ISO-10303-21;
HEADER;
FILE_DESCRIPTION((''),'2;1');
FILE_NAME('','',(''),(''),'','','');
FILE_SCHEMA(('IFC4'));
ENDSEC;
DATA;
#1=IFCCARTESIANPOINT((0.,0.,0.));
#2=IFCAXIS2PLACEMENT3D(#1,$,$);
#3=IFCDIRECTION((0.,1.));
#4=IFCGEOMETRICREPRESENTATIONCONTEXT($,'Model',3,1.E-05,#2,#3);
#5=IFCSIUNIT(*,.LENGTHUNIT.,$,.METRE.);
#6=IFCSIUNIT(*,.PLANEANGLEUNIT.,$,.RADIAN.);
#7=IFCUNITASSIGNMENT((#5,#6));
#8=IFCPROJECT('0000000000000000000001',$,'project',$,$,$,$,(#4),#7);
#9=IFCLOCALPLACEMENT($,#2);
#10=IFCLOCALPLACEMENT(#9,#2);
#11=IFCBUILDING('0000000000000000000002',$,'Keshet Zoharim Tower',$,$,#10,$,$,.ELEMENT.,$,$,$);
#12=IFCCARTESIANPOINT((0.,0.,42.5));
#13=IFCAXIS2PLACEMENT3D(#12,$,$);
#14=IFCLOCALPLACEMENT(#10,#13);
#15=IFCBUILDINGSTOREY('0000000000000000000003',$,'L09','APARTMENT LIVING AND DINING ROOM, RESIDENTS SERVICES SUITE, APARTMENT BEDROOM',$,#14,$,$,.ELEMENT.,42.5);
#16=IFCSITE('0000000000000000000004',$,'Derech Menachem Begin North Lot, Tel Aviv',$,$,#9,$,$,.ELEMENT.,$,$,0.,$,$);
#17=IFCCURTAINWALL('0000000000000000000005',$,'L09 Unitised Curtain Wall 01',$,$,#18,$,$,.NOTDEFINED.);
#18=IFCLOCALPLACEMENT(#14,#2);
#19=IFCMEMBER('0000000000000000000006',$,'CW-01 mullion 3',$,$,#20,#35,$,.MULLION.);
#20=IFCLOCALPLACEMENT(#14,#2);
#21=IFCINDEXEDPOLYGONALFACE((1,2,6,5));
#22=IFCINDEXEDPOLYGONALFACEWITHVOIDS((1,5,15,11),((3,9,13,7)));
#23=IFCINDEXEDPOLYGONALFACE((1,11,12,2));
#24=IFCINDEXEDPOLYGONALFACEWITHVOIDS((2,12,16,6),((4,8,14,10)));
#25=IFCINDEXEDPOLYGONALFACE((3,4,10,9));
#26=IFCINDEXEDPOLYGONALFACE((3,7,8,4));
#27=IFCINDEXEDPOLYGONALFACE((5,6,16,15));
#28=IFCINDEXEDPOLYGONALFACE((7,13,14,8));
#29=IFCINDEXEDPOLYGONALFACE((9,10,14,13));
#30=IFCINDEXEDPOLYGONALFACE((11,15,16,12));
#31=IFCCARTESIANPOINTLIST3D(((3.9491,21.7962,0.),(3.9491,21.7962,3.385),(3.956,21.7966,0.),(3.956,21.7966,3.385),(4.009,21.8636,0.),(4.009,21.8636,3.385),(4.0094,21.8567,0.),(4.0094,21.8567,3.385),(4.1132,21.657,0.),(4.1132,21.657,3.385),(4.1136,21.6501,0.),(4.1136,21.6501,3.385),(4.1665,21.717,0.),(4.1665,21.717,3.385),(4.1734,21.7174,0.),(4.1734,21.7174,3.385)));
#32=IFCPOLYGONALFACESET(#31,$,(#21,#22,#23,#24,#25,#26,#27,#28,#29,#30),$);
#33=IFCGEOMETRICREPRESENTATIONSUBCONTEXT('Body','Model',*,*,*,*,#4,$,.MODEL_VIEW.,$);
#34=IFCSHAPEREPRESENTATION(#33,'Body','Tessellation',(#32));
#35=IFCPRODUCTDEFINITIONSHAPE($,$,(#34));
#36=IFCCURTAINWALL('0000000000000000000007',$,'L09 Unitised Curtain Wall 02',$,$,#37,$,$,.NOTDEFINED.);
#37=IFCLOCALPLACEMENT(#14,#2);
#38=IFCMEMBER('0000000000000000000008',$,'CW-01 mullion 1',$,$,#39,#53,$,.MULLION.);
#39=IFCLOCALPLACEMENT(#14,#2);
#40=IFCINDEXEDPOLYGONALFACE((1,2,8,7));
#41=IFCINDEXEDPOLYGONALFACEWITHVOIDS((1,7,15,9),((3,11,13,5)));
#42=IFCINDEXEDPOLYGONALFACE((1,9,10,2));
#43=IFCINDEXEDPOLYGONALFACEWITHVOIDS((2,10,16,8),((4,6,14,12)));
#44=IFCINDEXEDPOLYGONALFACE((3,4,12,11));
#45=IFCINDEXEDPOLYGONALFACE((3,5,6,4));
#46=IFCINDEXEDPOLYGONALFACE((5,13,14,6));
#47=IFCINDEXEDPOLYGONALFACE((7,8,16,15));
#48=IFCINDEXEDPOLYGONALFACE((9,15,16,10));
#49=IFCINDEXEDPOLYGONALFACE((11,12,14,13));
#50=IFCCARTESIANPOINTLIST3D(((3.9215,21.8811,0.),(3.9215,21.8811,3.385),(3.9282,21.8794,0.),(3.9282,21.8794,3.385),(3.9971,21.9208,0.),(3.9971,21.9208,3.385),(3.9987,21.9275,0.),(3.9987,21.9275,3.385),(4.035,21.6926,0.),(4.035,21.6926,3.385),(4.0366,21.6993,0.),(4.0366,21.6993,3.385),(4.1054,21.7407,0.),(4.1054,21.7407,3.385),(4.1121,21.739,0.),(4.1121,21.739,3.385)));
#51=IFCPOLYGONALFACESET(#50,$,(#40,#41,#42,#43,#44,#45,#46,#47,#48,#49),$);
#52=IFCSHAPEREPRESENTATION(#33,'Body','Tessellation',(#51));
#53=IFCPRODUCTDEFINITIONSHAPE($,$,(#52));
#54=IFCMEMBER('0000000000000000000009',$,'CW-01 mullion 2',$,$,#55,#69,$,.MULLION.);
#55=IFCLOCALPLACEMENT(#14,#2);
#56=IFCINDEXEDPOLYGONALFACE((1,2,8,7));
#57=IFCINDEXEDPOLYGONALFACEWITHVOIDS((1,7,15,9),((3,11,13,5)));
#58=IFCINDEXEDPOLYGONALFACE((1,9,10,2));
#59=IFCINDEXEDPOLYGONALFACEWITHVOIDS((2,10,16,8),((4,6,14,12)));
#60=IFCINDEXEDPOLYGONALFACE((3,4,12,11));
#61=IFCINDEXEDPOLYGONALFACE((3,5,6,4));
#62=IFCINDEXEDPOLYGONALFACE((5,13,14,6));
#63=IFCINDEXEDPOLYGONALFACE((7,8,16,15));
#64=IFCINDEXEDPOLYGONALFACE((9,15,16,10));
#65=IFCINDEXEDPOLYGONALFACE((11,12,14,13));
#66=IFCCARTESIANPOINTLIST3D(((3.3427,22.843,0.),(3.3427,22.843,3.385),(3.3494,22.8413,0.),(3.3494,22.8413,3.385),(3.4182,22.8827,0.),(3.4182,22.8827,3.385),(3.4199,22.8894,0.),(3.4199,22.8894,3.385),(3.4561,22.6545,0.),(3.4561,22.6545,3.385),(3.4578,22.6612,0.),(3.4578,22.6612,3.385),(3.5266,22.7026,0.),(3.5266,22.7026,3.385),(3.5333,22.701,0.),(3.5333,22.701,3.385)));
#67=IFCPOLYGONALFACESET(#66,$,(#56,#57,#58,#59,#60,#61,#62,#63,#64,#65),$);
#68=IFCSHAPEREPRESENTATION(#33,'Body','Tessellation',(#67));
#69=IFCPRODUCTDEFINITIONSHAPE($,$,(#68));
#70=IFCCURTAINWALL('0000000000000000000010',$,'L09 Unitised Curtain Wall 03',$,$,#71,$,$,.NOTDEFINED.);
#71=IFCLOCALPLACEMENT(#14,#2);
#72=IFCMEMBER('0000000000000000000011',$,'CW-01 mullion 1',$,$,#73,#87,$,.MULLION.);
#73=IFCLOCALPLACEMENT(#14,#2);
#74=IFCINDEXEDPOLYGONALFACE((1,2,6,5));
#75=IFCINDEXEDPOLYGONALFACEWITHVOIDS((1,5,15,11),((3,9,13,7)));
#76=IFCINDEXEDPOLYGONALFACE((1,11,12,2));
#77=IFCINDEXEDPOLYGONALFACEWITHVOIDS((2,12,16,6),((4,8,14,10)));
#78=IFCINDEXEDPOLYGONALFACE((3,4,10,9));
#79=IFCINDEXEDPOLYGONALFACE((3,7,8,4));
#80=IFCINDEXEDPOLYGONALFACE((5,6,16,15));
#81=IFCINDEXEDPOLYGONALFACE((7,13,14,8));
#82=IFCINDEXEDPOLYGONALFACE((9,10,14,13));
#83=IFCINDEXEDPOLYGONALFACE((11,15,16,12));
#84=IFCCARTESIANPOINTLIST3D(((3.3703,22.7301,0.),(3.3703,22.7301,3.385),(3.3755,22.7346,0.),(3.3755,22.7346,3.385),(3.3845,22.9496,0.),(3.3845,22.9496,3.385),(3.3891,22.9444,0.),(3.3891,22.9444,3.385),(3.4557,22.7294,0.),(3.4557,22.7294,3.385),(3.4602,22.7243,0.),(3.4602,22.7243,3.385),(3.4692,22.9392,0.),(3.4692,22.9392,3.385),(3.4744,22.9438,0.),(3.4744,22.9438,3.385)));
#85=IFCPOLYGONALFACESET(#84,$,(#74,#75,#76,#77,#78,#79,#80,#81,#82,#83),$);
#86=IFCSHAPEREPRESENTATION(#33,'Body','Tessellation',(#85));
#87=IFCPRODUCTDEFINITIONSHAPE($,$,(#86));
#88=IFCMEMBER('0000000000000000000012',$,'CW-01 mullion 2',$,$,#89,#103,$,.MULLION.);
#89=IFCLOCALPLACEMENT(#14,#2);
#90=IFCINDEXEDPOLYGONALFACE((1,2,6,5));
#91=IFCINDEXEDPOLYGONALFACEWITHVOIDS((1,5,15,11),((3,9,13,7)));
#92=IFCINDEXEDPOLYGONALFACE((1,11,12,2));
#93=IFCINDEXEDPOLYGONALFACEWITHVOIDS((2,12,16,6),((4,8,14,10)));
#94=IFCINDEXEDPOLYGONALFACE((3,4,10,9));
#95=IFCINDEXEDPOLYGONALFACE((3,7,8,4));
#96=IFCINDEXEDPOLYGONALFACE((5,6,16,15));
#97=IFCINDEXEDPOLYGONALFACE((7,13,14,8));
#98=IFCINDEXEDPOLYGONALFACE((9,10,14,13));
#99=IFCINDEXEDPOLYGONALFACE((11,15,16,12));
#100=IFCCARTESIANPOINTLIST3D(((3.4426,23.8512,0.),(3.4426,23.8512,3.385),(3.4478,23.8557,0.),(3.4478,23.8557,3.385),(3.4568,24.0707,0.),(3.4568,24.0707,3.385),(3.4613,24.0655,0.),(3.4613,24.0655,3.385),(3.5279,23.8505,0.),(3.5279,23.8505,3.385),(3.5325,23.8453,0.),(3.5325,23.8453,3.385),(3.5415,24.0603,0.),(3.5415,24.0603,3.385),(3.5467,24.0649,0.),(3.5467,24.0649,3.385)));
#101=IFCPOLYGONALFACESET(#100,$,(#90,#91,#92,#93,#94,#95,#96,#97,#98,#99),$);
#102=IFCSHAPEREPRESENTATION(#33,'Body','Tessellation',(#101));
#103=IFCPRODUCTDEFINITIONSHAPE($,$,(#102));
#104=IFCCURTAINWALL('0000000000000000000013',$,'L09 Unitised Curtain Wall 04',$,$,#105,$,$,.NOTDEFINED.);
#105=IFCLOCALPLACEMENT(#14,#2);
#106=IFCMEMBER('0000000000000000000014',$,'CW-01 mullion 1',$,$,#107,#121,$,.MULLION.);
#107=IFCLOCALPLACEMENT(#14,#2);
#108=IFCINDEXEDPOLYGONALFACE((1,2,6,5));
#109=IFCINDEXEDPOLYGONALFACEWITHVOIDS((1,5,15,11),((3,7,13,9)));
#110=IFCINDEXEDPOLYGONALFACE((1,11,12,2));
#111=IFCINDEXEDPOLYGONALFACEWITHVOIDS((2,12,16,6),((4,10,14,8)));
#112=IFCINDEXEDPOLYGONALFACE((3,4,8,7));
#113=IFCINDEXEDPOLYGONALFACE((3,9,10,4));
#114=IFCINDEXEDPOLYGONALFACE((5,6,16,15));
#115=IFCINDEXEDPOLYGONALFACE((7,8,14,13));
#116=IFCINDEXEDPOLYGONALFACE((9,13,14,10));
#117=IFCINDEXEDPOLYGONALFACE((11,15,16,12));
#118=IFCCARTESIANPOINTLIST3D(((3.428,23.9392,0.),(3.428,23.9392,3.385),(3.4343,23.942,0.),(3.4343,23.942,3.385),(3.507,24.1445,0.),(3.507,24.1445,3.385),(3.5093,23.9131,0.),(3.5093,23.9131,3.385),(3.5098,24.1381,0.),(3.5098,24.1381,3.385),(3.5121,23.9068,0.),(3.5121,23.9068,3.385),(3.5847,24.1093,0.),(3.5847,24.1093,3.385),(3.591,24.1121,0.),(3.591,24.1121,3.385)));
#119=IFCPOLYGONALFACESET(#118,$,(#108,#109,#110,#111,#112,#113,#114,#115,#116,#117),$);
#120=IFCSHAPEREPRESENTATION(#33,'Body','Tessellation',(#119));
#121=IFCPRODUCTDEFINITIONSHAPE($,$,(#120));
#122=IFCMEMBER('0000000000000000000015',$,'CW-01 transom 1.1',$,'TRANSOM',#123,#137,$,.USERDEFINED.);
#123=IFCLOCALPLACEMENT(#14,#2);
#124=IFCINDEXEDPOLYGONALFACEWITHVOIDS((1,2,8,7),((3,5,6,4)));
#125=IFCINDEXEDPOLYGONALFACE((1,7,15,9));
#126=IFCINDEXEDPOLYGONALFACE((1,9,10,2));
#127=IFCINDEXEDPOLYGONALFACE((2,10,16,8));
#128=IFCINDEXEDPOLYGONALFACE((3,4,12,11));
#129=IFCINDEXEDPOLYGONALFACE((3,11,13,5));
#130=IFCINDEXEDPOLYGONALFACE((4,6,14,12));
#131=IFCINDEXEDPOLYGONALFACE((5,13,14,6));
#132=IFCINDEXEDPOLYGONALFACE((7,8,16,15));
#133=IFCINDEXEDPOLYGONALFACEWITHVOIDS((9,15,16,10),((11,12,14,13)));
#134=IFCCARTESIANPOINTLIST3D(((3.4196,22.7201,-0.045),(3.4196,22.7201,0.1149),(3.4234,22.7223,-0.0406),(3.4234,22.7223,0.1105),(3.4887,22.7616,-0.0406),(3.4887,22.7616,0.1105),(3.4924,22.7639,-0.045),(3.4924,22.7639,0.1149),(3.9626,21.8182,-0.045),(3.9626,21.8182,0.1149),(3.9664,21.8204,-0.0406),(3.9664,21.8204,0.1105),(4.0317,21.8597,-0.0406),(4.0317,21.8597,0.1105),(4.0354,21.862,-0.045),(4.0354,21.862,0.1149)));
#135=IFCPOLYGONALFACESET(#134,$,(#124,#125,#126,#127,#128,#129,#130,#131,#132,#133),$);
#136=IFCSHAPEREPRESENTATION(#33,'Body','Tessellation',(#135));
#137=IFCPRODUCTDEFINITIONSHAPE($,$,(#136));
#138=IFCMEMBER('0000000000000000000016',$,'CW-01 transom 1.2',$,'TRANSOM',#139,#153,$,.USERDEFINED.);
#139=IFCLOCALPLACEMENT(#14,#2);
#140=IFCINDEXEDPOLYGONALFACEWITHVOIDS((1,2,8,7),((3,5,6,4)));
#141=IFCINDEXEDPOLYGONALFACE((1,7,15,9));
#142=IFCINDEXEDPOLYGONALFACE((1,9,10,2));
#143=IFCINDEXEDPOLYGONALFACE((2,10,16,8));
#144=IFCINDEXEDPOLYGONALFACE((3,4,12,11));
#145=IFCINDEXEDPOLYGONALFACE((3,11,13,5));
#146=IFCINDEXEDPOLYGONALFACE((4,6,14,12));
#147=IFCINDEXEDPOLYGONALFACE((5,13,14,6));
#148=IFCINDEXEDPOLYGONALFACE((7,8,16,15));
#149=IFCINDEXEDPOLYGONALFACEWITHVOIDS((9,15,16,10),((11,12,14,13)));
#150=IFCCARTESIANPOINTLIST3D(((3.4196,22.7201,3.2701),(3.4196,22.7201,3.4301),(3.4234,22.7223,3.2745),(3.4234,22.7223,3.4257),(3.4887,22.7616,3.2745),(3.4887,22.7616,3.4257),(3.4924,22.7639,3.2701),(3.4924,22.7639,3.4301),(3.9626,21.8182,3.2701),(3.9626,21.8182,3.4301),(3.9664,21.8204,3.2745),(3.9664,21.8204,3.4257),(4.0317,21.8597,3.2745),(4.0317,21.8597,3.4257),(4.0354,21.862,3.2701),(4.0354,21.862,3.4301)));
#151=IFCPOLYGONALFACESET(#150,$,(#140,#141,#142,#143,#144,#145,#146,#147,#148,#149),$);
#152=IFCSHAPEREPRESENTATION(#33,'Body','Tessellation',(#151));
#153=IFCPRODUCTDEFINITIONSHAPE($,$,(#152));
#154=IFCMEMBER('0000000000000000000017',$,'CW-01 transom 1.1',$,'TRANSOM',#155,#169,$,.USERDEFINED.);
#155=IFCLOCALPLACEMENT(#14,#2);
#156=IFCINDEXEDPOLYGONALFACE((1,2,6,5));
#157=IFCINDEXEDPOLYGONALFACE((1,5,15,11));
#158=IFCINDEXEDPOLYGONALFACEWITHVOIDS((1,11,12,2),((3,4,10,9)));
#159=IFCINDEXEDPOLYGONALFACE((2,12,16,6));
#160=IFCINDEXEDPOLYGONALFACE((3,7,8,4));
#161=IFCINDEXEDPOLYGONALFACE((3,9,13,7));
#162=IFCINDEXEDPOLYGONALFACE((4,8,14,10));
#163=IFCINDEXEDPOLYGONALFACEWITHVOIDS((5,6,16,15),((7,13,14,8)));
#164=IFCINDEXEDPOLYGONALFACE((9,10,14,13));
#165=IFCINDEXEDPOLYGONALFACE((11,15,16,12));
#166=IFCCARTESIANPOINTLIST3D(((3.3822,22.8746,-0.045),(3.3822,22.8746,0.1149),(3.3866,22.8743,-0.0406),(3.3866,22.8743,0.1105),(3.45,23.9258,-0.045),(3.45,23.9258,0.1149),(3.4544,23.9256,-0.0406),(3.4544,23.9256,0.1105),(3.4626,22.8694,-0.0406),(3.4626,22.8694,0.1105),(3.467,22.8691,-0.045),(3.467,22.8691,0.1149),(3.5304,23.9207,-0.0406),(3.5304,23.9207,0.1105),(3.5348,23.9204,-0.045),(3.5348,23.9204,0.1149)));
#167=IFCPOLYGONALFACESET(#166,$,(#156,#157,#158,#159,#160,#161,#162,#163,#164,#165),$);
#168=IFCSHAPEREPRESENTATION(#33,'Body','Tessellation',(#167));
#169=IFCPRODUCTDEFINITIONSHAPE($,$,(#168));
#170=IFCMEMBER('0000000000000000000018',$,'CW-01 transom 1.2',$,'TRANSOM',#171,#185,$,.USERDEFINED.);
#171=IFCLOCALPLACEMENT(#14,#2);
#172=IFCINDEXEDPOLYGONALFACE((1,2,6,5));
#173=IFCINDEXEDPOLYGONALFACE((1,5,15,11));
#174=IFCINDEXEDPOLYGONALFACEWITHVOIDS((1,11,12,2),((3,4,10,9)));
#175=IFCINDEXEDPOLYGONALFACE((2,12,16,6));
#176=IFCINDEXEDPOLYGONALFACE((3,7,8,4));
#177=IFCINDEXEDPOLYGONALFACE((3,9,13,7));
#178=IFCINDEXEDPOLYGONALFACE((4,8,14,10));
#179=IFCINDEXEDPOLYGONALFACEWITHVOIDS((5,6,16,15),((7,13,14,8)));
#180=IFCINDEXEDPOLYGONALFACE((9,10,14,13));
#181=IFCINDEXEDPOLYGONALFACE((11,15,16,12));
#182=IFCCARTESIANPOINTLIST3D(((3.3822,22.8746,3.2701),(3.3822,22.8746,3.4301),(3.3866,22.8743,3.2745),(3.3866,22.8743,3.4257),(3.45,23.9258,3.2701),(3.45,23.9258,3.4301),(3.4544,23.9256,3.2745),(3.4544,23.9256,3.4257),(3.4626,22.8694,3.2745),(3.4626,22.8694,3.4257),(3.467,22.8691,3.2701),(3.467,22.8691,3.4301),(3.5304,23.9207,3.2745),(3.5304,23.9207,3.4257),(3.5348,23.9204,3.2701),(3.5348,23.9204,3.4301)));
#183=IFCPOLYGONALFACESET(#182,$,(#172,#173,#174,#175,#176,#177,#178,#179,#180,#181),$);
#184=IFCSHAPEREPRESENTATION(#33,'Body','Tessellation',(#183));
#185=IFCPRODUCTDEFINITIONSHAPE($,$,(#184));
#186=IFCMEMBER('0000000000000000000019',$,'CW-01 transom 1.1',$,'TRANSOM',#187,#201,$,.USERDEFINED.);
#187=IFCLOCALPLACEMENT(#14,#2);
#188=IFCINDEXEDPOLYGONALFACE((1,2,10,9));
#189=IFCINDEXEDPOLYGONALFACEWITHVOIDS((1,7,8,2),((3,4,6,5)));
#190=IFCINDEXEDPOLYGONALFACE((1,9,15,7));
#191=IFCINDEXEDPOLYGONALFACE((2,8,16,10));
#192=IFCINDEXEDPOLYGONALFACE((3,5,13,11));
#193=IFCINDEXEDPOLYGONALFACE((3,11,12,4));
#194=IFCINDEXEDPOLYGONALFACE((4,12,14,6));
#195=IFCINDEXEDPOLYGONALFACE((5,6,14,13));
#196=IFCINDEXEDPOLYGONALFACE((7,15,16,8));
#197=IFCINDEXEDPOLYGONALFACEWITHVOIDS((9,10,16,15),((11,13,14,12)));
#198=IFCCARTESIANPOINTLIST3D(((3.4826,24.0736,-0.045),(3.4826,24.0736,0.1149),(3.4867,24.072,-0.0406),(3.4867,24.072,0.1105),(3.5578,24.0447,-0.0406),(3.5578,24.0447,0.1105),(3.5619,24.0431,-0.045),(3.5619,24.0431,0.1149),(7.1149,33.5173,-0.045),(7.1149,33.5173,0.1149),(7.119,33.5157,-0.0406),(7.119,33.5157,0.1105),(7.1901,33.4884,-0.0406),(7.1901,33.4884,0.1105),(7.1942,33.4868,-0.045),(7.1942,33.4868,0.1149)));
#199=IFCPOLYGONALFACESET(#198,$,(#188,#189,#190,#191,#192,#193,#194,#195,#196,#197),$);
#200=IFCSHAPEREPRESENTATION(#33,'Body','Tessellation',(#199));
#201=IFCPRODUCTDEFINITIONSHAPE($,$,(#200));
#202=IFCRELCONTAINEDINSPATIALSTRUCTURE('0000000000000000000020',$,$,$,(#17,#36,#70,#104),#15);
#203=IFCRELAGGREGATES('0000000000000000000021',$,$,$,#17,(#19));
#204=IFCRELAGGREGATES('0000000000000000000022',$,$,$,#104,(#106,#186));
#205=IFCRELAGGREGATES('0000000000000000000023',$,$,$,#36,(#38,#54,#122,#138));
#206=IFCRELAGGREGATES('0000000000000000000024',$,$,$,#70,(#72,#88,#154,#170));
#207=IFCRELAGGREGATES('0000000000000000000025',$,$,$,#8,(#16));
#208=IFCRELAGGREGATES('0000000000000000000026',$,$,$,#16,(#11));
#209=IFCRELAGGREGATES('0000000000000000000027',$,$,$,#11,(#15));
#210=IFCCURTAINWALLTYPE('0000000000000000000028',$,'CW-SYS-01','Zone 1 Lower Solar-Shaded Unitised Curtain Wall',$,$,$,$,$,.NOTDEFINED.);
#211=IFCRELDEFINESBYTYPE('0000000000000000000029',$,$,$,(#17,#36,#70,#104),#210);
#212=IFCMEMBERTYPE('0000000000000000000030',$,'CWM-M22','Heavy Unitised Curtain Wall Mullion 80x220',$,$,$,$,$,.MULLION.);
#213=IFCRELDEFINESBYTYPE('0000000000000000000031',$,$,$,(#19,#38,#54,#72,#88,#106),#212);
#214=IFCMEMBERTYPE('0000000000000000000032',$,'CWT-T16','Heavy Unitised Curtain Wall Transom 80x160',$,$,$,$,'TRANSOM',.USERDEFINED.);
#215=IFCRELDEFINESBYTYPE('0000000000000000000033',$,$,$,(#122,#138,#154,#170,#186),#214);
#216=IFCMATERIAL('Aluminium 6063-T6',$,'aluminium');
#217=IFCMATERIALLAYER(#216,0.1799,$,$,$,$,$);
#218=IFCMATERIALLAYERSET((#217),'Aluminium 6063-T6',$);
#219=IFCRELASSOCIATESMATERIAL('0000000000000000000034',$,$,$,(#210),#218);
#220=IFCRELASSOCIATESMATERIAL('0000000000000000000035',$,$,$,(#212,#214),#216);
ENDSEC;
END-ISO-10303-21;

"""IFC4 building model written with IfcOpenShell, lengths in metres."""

from ifc_helpers import new_model, si_unit, direction, frame, origin, origin_2d, place, context, subcontext, project, spatial, hollow_rectangle, extrude, material, layer, layer_set, material_profile, profile_set, type_object, element, aggregate, save


model = new_model("IFC4")

# Units and contexts
model_context = context("Model", 3, precision=1e-05, world=origin(), true_north=direction((0.0, 1.0)))
body_context = subcontext(model_context, "Body", "Model", "MODEL_VIEW")
ifc_project = project(units=[si_unit("LENGTHUNIT", "METRE"), si_unit("PLANEANGLEUNIT", "RADIAN")], contexts=[model_context])

# Site, building, storey
site_placement = place(None, origin())
site = spatial("IfcSite", under=ifc_project, at=site_placement, Name="Derech Menachem Begin North Lot, Tel Aviv", CompositionType="ELEMENT", RefElevation=0.0)
building_placement = place(site_placement, origin())
building = spatial("IfcBuilding", under=site, at=building_placement, Name="Keshet Zoharim Tower", CompositionType="ELEMENT")
storey_placement = place(building_placement, frame((0.0, 0.0, 42.5)))
storey = spatial("IfcBuildingStorey", under=building, at=storey_placement, Name="L09", Description="APARTMENT LIVING AND DINING ROOM, RESIDENTS SERVICES SUITE, APARTMENT BEDROOM", CompositionType="ELEMENT", Elevation=42.5)

# Curtain wall, member
ifc_material_1 = material(Name="Aluminium 6063-T6", Category="aluminium")
ifc_layer_1 = layer(ifc_material_1, 0.1799)
ifc_layer_set_1 = layer_set([ifc_layer_1], Name="Aluminium 6063-T6")
curtain_wall_type = type_object("IfcCurtainWallType", Name="CW-SYS-01", Description="Zone 1 Lower Solar-Shaded Unitised Curtain Wall", PredefinedType="NOTDEFINED", material=ifc_layer_set_1)
curtain_wall_1_placement = place(storey_placement, origin())
curtain_wall_1 = element("IfcCurtainWall", 1, at=curtain_wall_1_placement, inside=storey, type_object=curtain_wall_type, Name="L09 Unitised Curtain Wall 01", PredefinedType="NOTDEFINED")
ifc_material_profile_1 = material_profile(ifc_material_1, hollow_rectangle(XDim=0.0901, YDim=0.22, WallThickness=0.0049, at=origin_2d()), Name="MUL-90x220")
ifc_profile_set_1 = profile_set([ifc_material_profile_1], Name="Aluminium 6063-T6")
member_type_1 = type_object("IfcMemberType", Name="CWM-M22", Description="Heavy Unitised Curtain Wall Mullion 80x220", PredefinedType="MULLION", material=ifc_profile_set_1)
member_1_placement = place(storey_placement, frame((4.0613, 21.7568, 0.0), z_axis=(0.0, 0.0, 1.0), x_axis=(-0.664364, -0.747409, 0.0)))
member_1 = element("IfcMember", 2, at=member_1_placement, type_object=member_type_1, Name="CW-01 mullion 3", PredefinedType="MULLION", context=body_context, shape_type="SweptSolid", body=[
    extrude(hollow_rectangle(XDim=0.0901, YDim=0.22, WallThickness=0.0049, at=origin_2d()), origin(), (0.0, 0.0, 1.0), 3.385),
])
aggregate(curtain_wall_1, [member_1])

# Curtain walls, members
curtain_wall_2_placement = place(storey_placement, origin())
curtain_wall_2 = element("IfcCurtainWall", 3, at=curtain_wall_2_placement, inside=storey, type_object=curtain_wall_type, Name="L09 Unitised Curtain Wall 02", PredefinedType="NOTDEFINED")
member_2_placement = place(storey_placement, frame((4.0168, 21.8101, 0.0), z_axis=(0.0, 0.0, 1.0), x_axis=(-0.856826, -0.515605, 0.0)))
member_2 = element("IfcMember", 4, at=member_2_placement, type_object=member_type_1, Name="CW-01 mullion 1", PredefinedType="MULLION", context=body_context, shape_type="SweptSolid", body=[
    extrude(hollow_rectangle(XDim=0.0901, YDim=0.22, WallThickness=0.0049, at=origin_2d()), origin(), (0.0, 0.0, 1.0), 3.385),
])
member_3_placement = place(storey_placement, frame((3.438, 22.772, 0.0), z_axis=(0.0, 0.0, 1.0), x_axis=(-0.856826, -0.515605, 0.0)))
member_3 = element("IfcMember", 5, at=member_3_placement, type_object=member_type_1, Name="CW-01 mullion 2", PredefinedType="MULLION", context=body_context, shape_type="SweptSolid", body=[
    extrude(hollow_rectangle(XDim=0.0901, YDim=0.22, WallThickness=0.0049, at=origin_2d()), origin(), (0.0, 0.0, 1.0), 3.385),
])
curtain_wall_3_placement = place(storey_placement, origin())
curtain_wall_3 = element("IfcCurtainWall", 6, at=curtain_wall_3_placement, inside=storey, type_object=curtain_wall_type, Name="L09 Unitised Curtain Wall 03", PredefinedType="NOTDEFINED")
member_4_placement = place(storey_placement, frame((3.4224, 22.8369, 0.0), z_axis=(0.0, 0.0, 1.0), x_axis=(-0.997917, 0.064517, 0.0)))
member_4 = element("IfcMember", 7, at=member_4_placement, type_object=member_type_1, Name="CW-01 mullion 1", PredefinedType="MULLION", context=body_context, shape_type="SweptSolid", body=[
    extrude(hollow_rectangle(XDim=0.0901, YDim=0.22, WallThickness=0.0049, at=origin_2d()), origin(), (0.0, 0.0, 1.0), 3.385),
])
member_5_placement = place(storey_placement, frame((3.4946, 23.958, 0.0), z_axis=(0.0, 0.0, 1.0), x_axis=(-0.997917, 0.064517, 0.0)))
member_5 = element("IfcMember", 8, at=member_5_placement, type_object=member_type_1, Name="CW-01 mullion 2", PredefinedType="MULLION", context=body_context, shape_type="SweptSolid", body=[
    extrude(hollow_rectangle(XDim=0.0901, YDim=0.22, WallThickness=0.0049, at=origin_2d()), origin(), (0.0, 0.0, 1.0), 3.385),
])

# Curtain wall, member
curtain_wall_4_placement = place(storey_placement, origin())
curtain_wall_4 = element("IfcCurtainWall", 9, at=curtain_wall_4_placement, inside=storey, type_object=curtain_wall_type, Name="L09 Unitised Curtain Wall 04", PredefinedType="NOTDEFINED")
member_6_placement = place(storey_placement, frame((3.5095, 24.0256, 0.0), z_axis=(0.0, 0.0, 1.0), x_axis=(-0.933341, 0.35899, 0.0)))
member_6 = element("IfcMember", 10, at=member_6_placement, type_object=member_type_1, Name="CW-01 mullion 1", PredefinedType="MULLION", context=body_context, shape_type="SweptSolid", body=[
    extrude(hollow_rectangle(XDim=0.0901, YDim=0.22, WallThickness=0.0049, at=origin_2d()), origin(), (0.0, 0.0, 1.0), 3.385),
])

# Members
ifc_material_profile_2 = material_profile(ifc_material_1, hollow_rectangle(XDim=0.085, YDim=0.1599, WallThickness=0.0044, at=origin_2d()), Name="TRN-85x160")
ifc_profile_set_2 = profile_set([ifc_material_profile_2], Name="Aluminium 6063-T6")
member_type_2 = type_object("IfcMemberType", Name="CWT-T16", Description="Heavy Unitised Curtain Wall Transom 80x160", ElementType="TRANSOM", PredefinedType="USERDEFINED", material=ifc_profile_set_2)
member_7_placement = place(storey_placement, frame((3.999, 21.8401, 0.0349), z_axis=(-0.515791, 0.856714, 0.0), x_axis=(-0.856714, -0.515791, 0.0)))
member_7 = element("IfcMember", 11, at=member_7_placement, type_object=member_type_2, Name="CW-01 transom 1.1", ObjectType="TRANSOM", PredefinedType="USERDEFINED", context=body_context, shape_type="SweptSolid", body=[
    extrude(hollow_rectangle(XDim=0.085, YDim=0.1599, WallThickness=0.0044, at=origin_2d()), origin(), (0.0, 0.0, 1.0), 1.0527),
])
member_8_placement = place(storey_placement, frame((3.999, 21.8401, 3.3501), z_axis=(-0.515791, 0.856714, 0.0), x_axis=(-0.856714, -0.515791, 0.0)))
member_8 = element("IfcMember", 12, at=member_8_placement, type_object=member_type_2, Name="CW-01 transom 1.2", ObjectType="TRANSOM", PredefinedType="USERDEFINED", context=body_context, shape_type="SweptSolid", body=[
    extrude(hollow_rectangle(XDim=0.085, YDim=0.1599, WallThickness=0.0044, at=origin_2d()), origin(), (0.0, 0.0, 1.0), 1.0527),
])
member_9_placement = place(storey_placement, frame((3.4246, 22.8718, 0.0349), z_axis=(0.064427, 0.997922, 0.0), x_axis=(-0.997922, 0.064427, 0.0)))
member_9 = element("IfcMember", 13, at=member_9_placement, type_object=member_type_2, Name="CW-01 transom 1.1", ObjectType="TRANSOM", PredefinedType="USERDEFINED", context=body_context, shape_type="SweptSolid", body=[
    extrude(hollow_rectangle(XDim=0.085, YDim=0.1599, WallThickness=0.0044, at=origin_2d()), origin(), (0.0, 0.0, 1.0), 1.0535),
])
member_10_placement = place(storey_placement, frame((3.4246, 22.8718, 3.3501), z_axis=(0.064427, 0.997922, 0.0), x_axis=(-0.997922, 0.064427, 0.0)))
member_10 = element("IfcMember", 14, at=member_10_placement, type_object=member_type_2, Name="CW-01 transom 1.2", ObjectType="TRANSOM", PredefinedType="USERDEFINED", context=body_context, shape_type="SweptSolid", body=[
    extrude(hollow_rectangle(XDim=0.085, YDim=0.1599, WallThickness=0.0044, at=origin_2d()), origin(), (0.0, 0.0, 1.0), 1.0535),
])
member_11_placement = place(storey_placement, frame((3.5222, 24.0583, 0.0349), z_axis=(0.358994, 0.93334, 0.0), x_axis=(-0.93334, 0.358994, 0.0)))
member_11 = element("IfcMember", 15, at=member_11_placement, type_object=member_type_2, Name="CW-01 transom 1.1", ObjectType="TRANSOM", PredefinedType="USERDEFINED", context=body_context, shape_type="SweptSolid", body=[
    extrude(hollow_rectangle(XDim=0.085, YDim=0.1599, WallThickness=0.0044, at=origin_2d()), origin(), (0.0, 0.0, 1.0), 10.1182),
])
aggregate(curtain_wall_4, [member_6, member_11])

aggregate(curtain_wall_2, [member_2, member_3, member_7, member_8])
aggregate(curtain_wall_3, [member_4, member_5, member_9, member_10])

save(model, "model.ifc")
